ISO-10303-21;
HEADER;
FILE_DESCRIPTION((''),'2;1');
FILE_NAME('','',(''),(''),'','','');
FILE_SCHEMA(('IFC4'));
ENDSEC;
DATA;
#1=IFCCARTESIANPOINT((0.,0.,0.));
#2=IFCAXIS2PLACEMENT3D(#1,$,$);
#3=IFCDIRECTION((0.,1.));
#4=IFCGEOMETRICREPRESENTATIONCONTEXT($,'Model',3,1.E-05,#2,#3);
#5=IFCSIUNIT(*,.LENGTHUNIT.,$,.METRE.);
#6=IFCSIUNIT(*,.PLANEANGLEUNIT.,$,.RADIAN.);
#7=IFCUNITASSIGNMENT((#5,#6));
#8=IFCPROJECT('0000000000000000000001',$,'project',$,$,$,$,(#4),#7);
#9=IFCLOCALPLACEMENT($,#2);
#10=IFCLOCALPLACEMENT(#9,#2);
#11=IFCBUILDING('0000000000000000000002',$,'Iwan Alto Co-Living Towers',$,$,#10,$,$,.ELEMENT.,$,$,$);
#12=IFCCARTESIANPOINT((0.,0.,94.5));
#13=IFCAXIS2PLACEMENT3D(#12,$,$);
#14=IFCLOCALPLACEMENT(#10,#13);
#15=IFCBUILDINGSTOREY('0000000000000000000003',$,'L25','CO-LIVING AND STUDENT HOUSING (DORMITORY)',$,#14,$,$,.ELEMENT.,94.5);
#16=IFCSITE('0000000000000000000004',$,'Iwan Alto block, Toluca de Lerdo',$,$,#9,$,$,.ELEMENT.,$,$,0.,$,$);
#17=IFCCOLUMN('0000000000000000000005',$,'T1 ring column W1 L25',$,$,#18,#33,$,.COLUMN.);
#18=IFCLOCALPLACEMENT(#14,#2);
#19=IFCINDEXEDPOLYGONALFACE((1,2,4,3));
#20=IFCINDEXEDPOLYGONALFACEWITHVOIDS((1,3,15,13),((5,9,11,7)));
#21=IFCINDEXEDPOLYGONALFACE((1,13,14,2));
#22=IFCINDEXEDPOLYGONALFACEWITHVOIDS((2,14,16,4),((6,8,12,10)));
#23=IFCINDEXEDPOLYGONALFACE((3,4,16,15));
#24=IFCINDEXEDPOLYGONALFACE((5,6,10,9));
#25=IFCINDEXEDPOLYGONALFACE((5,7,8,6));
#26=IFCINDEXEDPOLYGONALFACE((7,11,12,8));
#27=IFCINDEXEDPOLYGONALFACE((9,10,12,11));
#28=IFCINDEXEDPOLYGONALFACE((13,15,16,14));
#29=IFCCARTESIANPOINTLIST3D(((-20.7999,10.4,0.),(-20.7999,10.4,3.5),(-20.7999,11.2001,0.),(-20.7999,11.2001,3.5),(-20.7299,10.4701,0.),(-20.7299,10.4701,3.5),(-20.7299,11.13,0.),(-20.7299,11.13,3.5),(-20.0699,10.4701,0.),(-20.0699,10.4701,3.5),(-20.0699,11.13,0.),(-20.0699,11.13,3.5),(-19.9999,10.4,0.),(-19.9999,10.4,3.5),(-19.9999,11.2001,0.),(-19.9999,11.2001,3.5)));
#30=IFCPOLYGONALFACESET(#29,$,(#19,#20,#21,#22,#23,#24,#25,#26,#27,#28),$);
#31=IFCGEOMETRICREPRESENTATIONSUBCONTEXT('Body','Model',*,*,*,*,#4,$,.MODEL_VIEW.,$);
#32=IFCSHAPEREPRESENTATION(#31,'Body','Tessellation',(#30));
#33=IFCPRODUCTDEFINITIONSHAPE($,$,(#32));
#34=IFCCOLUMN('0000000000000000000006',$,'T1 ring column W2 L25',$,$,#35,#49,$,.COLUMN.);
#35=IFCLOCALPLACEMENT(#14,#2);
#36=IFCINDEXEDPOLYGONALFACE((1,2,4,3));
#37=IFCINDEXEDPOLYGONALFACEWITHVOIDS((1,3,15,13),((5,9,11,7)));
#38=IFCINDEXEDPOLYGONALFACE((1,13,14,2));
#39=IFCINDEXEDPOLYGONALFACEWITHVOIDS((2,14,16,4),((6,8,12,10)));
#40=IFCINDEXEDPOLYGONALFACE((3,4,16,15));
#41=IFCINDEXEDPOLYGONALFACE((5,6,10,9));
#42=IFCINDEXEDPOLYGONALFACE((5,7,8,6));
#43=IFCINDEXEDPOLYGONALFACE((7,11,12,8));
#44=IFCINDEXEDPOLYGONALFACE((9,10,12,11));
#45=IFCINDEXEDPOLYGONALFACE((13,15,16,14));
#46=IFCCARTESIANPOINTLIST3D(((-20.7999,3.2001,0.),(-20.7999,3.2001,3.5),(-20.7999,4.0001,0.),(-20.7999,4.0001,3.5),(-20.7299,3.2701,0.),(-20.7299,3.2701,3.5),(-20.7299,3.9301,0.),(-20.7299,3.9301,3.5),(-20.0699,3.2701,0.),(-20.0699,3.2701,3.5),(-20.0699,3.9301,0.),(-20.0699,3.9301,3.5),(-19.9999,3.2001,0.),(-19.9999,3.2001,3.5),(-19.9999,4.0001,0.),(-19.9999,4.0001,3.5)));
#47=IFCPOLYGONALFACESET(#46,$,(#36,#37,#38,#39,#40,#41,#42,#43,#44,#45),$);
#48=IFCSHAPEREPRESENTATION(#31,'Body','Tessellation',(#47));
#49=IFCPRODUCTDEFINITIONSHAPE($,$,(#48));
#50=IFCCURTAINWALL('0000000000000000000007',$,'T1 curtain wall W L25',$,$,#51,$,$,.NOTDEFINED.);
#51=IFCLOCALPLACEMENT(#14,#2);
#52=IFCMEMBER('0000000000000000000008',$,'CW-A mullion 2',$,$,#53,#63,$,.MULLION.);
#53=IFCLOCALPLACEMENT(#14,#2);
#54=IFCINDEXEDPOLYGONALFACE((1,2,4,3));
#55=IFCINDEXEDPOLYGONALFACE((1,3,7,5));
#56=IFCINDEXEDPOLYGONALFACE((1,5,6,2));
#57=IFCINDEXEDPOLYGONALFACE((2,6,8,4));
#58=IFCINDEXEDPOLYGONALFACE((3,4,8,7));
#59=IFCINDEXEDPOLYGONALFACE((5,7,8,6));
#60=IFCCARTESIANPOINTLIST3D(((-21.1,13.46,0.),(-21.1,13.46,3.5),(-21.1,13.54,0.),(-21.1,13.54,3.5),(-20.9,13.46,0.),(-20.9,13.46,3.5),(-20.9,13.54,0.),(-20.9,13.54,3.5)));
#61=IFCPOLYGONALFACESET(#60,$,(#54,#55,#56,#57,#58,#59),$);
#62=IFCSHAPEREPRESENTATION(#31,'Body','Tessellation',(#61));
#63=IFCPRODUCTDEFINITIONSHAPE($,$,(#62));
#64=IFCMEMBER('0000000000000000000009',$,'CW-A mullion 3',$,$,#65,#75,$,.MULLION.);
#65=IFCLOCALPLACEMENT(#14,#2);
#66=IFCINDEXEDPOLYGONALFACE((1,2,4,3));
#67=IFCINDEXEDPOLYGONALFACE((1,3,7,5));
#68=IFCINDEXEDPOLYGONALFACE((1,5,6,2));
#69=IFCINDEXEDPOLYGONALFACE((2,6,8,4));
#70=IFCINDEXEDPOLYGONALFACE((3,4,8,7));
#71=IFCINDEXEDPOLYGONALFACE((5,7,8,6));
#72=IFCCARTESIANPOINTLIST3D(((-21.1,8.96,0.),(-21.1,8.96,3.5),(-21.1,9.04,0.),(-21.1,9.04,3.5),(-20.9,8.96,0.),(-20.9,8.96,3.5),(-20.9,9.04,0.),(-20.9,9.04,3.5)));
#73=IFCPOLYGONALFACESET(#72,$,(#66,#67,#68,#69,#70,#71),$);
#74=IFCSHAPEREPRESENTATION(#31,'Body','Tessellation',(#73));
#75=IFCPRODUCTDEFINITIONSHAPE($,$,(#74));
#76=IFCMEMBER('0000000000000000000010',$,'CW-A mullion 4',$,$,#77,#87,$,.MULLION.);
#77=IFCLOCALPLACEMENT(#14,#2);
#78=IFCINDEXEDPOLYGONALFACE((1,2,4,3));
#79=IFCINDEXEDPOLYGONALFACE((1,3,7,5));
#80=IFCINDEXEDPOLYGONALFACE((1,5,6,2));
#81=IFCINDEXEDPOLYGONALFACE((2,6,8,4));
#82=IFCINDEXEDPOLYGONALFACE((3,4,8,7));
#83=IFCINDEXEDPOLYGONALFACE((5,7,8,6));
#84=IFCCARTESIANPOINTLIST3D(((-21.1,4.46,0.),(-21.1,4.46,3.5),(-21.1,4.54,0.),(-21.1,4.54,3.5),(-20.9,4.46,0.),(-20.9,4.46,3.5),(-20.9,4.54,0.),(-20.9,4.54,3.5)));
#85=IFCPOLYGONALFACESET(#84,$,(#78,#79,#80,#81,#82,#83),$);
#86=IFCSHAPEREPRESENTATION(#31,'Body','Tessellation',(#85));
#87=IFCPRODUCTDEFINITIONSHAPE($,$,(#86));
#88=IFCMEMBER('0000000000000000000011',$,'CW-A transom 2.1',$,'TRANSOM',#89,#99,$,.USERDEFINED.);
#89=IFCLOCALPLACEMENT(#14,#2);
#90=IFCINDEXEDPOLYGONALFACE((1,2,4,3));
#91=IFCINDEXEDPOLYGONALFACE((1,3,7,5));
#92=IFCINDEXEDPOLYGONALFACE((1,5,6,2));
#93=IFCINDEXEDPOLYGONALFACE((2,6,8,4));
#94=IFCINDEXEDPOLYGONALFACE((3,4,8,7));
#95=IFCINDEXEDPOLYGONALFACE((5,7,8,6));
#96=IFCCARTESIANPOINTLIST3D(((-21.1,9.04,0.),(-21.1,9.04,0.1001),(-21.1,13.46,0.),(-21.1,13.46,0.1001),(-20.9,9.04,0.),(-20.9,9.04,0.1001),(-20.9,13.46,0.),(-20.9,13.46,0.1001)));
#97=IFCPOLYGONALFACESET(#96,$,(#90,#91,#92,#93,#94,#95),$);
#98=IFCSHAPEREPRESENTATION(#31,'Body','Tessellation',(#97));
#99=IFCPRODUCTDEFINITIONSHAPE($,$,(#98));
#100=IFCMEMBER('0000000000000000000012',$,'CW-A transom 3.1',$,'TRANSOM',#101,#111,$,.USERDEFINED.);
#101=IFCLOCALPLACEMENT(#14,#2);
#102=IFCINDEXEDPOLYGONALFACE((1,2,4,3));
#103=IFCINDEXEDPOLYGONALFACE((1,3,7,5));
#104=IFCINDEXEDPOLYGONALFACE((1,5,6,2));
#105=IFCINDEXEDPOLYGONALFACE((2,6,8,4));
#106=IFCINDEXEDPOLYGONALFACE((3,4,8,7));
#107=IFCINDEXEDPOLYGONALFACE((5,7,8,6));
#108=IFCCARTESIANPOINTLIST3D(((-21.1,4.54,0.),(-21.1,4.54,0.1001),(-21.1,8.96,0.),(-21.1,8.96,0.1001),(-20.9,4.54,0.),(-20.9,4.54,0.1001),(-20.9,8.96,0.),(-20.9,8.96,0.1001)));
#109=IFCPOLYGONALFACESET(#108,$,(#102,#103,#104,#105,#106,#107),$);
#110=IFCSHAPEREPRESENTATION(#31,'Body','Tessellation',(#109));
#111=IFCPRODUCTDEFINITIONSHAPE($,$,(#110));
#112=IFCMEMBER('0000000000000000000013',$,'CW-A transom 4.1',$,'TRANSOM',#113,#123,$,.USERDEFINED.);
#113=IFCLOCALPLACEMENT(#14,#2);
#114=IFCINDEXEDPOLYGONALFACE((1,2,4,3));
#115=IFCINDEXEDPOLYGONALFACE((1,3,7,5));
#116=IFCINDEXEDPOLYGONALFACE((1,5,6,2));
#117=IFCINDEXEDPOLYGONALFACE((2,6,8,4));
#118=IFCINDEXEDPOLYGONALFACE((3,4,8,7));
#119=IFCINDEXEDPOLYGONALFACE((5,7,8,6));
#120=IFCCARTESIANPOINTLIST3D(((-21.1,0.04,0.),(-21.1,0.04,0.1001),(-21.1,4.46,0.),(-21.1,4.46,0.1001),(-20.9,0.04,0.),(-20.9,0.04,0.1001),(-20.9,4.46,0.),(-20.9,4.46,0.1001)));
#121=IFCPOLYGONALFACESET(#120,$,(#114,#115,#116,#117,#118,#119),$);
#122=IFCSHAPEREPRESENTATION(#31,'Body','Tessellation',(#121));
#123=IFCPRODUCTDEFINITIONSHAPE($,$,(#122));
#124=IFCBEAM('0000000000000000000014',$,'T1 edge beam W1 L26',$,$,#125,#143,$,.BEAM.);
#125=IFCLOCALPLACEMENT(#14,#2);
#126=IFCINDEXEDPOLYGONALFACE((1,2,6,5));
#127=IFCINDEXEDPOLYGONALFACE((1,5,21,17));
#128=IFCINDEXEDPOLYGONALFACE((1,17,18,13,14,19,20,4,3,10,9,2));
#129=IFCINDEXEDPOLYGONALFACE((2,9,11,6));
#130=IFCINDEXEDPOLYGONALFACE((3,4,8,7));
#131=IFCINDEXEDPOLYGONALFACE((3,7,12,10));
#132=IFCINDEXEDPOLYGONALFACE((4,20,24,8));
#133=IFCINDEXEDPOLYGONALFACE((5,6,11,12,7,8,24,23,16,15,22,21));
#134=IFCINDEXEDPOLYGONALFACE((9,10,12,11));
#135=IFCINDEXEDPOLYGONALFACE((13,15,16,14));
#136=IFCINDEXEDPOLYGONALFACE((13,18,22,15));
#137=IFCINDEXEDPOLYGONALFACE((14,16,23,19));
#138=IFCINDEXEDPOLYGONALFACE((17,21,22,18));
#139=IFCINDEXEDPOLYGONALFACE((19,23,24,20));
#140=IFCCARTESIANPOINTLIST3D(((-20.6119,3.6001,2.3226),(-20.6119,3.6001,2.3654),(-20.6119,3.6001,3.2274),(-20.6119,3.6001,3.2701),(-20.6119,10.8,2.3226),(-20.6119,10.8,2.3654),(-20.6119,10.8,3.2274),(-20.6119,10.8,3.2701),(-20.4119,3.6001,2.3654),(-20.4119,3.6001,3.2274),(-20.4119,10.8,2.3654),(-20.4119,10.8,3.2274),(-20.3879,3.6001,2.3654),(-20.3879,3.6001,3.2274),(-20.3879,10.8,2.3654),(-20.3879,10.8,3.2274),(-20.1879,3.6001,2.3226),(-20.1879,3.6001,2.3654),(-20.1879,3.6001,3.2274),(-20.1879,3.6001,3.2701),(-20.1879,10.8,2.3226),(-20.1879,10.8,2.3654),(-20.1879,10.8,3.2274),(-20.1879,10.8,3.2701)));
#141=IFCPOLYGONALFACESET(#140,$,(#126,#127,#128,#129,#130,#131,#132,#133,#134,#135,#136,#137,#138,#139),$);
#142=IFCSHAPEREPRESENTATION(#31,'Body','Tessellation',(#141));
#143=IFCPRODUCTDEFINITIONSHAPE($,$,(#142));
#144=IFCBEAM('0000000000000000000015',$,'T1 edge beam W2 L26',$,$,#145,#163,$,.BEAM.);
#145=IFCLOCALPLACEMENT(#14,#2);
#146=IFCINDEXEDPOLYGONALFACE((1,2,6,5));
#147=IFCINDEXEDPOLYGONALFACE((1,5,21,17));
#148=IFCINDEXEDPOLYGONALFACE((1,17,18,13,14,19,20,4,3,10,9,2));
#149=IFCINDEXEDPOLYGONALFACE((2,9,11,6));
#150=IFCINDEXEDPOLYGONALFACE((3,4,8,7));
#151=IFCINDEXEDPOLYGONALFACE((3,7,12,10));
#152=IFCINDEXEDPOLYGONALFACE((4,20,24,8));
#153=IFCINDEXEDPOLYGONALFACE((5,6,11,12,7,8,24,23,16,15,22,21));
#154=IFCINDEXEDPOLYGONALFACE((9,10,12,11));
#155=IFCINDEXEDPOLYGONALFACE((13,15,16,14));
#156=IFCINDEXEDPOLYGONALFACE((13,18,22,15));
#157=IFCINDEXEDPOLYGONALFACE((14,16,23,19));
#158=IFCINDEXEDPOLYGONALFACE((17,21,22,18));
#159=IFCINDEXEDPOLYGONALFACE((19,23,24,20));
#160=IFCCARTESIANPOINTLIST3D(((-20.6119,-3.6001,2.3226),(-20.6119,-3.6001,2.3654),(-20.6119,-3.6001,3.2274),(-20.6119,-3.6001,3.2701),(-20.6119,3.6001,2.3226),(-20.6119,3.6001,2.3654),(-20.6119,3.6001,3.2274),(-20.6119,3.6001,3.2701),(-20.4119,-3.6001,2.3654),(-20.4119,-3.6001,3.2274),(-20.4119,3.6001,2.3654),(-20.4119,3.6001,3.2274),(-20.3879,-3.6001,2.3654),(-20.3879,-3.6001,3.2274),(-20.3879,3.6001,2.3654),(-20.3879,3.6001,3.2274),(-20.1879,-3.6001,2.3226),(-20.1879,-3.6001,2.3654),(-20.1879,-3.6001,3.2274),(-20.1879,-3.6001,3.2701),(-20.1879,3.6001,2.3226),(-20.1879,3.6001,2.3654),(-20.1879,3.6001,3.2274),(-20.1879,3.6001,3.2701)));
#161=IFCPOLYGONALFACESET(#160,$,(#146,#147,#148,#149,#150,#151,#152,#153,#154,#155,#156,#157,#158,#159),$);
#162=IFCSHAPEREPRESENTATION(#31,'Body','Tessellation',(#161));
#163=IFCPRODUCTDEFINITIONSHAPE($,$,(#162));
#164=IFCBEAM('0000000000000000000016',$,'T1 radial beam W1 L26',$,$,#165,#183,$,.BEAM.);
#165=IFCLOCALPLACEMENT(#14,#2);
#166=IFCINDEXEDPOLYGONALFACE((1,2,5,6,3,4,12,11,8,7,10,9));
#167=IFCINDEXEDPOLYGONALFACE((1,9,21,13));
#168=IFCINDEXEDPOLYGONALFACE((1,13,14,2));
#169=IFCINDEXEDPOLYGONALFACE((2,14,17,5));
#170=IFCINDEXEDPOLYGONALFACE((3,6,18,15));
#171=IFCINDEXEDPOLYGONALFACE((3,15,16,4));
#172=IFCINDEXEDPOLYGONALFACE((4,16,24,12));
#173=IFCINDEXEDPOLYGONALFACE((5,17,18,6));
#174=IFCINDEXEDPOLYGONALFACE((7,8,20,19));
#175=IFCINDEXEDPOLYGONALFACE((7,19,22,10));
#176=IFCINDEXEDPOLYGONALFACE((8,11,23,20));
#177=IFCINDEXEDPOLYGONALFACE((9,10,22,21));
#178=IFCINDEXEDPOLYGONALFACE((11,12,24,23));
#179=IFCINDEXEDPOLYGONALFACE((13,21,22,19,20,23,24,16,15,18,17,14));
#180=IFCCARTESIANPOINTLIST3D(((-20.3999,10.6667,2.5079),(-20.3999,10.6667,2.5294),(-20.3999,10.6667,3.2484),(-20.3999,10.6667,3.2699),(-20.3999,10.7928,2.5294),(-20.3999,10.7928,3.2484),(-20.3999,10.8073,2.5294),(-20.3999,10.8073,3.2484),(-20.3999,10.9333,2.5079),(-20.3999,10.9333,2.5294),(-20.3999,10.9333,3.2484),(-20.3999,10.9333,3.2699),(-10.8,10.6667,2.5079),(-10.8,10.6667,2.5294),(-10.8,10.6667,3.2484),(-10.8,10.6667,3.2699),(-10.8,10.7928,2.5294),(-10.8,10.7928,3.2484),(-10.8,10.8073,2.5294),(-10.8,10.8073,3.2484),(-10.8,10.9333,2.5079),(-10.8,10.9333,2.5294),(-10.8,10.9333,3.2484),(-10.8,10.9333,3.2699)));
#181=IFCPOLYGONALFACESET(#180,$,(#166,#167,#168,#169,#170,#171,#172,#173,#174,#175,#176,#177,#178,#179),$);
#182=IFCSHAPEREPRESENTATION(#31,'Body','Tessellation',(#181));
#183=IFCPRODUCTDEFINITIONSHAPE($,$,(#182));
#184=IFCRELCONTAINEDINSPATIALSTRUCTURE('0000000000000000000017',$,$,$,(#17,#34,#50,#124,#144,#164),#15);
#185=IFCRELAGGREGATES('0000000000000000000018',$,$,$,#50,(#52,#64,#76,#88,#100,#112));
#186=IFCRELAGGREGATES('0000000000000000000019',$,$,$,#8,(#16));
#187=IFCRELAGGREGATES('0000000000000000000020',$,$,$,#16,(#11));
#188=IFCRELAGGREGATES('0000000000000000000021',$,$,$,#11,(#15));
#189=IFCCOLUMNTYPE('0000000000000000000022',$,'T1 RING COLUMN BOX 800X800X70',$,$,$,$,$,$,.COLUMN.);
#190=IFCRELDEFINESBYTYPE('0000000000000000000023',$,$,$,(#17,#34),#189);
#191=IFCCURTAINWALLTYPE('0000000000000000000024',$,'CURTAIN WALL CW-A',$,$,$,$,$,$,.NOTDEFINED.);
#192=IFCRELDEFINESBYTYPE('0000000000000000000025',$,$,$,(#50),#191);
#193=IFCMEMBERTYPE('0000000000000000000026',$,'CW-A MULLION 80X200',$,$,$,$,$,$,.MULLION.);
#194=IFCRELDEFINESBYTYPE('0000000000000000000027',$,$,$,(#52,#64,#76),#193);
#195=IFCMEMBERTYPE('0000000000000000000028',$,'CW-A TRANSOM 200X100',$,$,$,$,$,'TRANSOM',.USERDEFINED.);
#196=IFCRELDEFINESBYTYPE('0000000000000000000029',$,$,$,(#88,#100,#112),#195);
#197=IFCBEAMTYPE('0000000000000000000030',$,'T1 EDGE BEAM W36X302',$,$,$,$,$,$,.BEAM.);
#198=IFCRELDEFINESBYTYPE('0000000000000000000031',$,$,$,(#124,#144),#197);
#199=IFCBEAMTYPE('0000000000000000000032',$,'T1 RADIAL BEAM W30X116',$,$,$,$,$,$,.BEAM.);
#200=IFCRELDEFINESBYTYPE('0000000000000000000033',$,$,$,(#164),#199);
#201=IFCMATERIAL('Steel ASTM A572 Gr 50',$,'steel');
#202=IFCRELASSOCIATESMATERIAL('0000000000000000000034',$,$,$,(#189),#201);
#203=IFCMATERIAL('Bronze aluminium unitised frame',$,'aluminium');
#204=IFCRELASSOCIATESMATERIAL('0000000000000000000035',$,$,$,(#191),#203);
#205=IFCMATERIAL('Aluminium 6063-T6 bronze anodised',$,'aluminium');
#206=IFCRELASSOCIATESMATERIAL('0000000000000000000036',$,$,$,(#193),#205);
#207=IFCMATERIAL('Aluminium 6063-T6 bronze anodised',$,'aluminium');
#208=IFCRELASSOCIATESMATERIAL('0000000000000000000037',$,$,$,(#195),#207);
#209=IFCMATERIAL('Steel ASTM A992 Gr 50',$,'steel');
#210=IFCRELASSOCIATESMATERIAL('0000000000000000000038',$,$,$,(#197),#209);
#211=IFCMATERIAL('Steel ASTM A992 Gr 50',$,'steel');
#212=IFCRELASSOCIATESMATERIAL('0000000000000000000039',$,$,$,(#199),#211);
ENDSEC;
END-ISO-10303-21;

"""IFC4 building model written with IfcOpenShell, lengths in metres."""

from ifc_helpers import new_model, si_unit, direction, frame, origin, origin_2d, place, context, subcontext, project, spatial, rectangle, hollow_rectangle, i_section, extrude, material, material_profile, profile_set, type_object, element, aggregate, save


model = new_model("IFC4")

# Units and contexts
model_context = context("Model", 3, precision=1e-05, world=origin(), true_north=direction((0.0, 1.0)))
body_context = subcontext(model_context, "Body", "Model", "MODEL_VIEW")
ifc_project = project(units=[si_unit("LENGTHUNIT", "METRE"), si_unit("PLANEANGLEUNIT", "RADIAN")], contexts=[model_context])

# Site, building, storey
site_placement = place(None, origin())
site = spatial("IfcSite", under=ifc_project, at=site_placement, Name="Iwan Alto block, Toluca de Lerdo", CompositionType="ELEMENT", RefElevation=0.0)
building_placement = place(site_placement, origin())
building = spatial("IfcBuilding", under=site, at=building_placement, Name="Iwan Alto Co-Living Towers", CompositionType="ELEMENT")
storey_placement = place(building_placement, frame((0.0, 0.0, 94.5)))
storey = spatial("IfcBuildingStorey", under=building, at=storey_placement, Name="L25", Description="CO-LIVING AND STUDENT HOUSING (DORMITORY)", CompositionType="ELEMENT", Elevation=94.5)

# Columns
ifc_material_1 = material(Name="Steel ASTM A572 Gr 50", Category="steel")
ifc_material_profile_1 = material_profile(ifc_material_1, hollow_rectangle(XDim=0.8, YDim=0.8, WallThickness=0.0701, at=origin_2d()), Name="BOX 800X800X70")
ifc_profile_set_1 = profile_set([ifc_material_profile_1], Name="Steel ASTM A572 Gr 50")
column_type = type_object("IfcColumnType", Name="T1 RING COLUMN BOX 800X800X70", PredefinedType="COLUMN", material=ifc_profile_set_1)
for number, where, z_axis, x_axis, name in (
    (1, (-20.3999, 10.8, 0.0), (0.0, 0.0, 1.0), (1.0, 0.0, 0.0), "T1 ring column W1 L25"),
    (2, (-20.3999, 3.6001, 0.0), (0.0, 0.0, 1.0), (1.0, 0.0, 0.0), "T1 ring column W2 L25"),
):
    element("IfcColumn", number, at=place(storey_placement, frame(where, z_axis=z_axis, x_axis=x_axis)), inside=storey, type_object=column_type, Name=name, PredefinedType="COLUMN", context=body_context, shape_type="SweptSolid", body=[
        extrude(hollow_rectangle(XDim=0.8, YDim=0.8, WallThickness=0.0701, at=origin_2d()), origin(), (0.0, 0.0, 1.0), 3.5),
    ])

# Curtain wall, members
ifc_material_2 = material(Name="Bronze aluminium unitised frame", Category="aluminium")
curtain_wall_type = type_object("IfcCurtainWallType", Name="CURTAIN WALL CW-A", PredefinedType="NOTDEFINED", material=ifc_material_2)
curtain_wall_placement = place(storey_placement, origin())
curtain_wall = element("IfcCurtainWall", 3, at=curtain_wall_placement, inside=storey, type_object=curtain_wall_type, Name="T1 curtain wall W L25", PredefinedType="NOTDEFINED")
ifc_material_3 = material(Name="Aluminium 6063-T6 bronze anodised", Category="aluminium")
ifc_material_profile_2 = material_profile(ifc_material_3, rectangle(XDim=0.2, YDim=0.0801, at=origin_2d()), Name="AL 80X200")
ifc_profile_set_2 = profile_set([ifc_material_profile_2], Name="Aluminium 6063-T6 bronze anodised")
member_type_1 = type_object("IfcMemberType", Name="CW-A MULLION 80X200", PredefinedType="MULLION", material=ifc_profile_set_2)
member_1_placement = place(storey_placement, frame((-21.0, 13.5, 0.0), z_axis=(0.0, 0.0, 1.0), x_axis=(1.0, 0.0, 0.0)))
member_1 = element("IfcMember", 4, at=member_1_placement, type_object=member_type_1, Name="CW-A mullion 2", PredefinedType="MULLION", context=body_context, shape_type="SweptSolid", body=[
    extrude(rectangle(XDim=0.2, YDim=0.0801, at=origin_2d()), origin(), (0.0, 0.0, 1.0), 3.5),
])
member_2_placement = place(storey_placement, frame((-21.0, 9.0, 0.0), z_axis=(0.0, 0.0, 1.0), x_axis=(1.0, 0.0, 0.0)))
member_2 = element("IfcMember", 5, at=member_2_placement, type_object=member_type_1, Name="CW-A mullion 3", PredefinedType="MULLION", context=body_context, shape_type="SweptSolid", body=[
    extrude(rectangle(XDim=0.2, YDim=0.0801, at=origin_2d()), origin(), (0.0, 0.0, 1.0), 3.5),
])
member_3_placement = place(storey_placement, frame((-21.0, 4.5, 0.0), z_axis=(0.0, 0.0, 1.0), x_axis=(1.0, 0.0, 0.0)))
member_3 = element("IfcMember", 6, at=member_3_placement, type_object=member_type_1, Name="CW-A mullion 4", PredefinedType="MULLION", context=body_context, shape_type="SweptSolid", body=[
    extrude(rectangle(XDim=0.2, YDim=0.0801, at=origin_2d()), origin(), (0.0, 0.0, 1.0), 3.5),
])
ifc_material_4 = material(Name="Aluminium 6063-T6 bronze anodised", Category="aluminium")
ifc_material_profile_3 = material_profile(ifc_material_4, rectangle(XDim=0.2, YDim=0.1001, at=origin_2d()), Name="AL 200X100")
ifc_profile_set_3 = profile_set([ifc_material_profile_3], Name="Aluminium 6063-T6 bronze anodised")
member_type_2 = type_object("IfcMemberType", Name="CW-A TRANSOM 200X100", ElementType="TRANSOM", PredefinedType="USERDEFINED", material=ifc_profile_set_3)
member_4_placement = place(storey_placement, frame((-21.0, 13.46, 0.05), z_axis=(0.0, -1.0, 0.0), x_axis=(1.0, 0.0, 0.0)))
member_4 = element("IfcMember", 7, at=member_4_placement, type_object=member_type_2, Name="CW-A transom 2.1", ObjectType="TRANSOM", PredefinedType="USERDEFINED", context=body_context, shape_type="SweptSolid", body=[
    extrude(rectangle(XDim=0.2, YDim=0.1001, at=origin_2d()), origin(), (0.0, 0.0, 1.0), 4.4199),
])
member_5_placement = place(storey_placement, frame((-21.0, 8.96, 0.05), z_axis=(0.0, -1.0, 0.0), x_axis=(1.0, 0.0, 0.0)))
member_5 = element("IfcMember", 8, at=member_5_placement, type_object=member_type_2, Name="CW-A transom 3.1", ObjectType="TRANSOM", PredefinedType="USERDEFINED", context=body_context, shape_type="SweptSolid", body=[
    extrude(rectangle(XDim=0.2, YDim=0.1001, at=origin_2d()), origin(), (0.0, 0.0, 1.0), 4.4199),
])
member_6_placement = place(storey_placement, frame((-21.0, 4.46, 0.05), z_axis=(0.0, -1.0, 0.0), x_axis=(1.0, 0.0, 0.0)))
member_6 = element("IfcMember", 9, at=member_6_placement, type_object=member_type_2, Name="CW-A transom 4.1", ObjectType="TRANSOM", PredefinedType="USERDEFINED", context=body_context, shape_type="SweptSolid", body=[
    extrude(rectangle(XDim=0.2, YDim=0.1001, at=origin_2d()), origin(), (0.0, 0.0, 1.0), 4.4199),
])

# Beams
ifc_material_5 = material(Name="Steel ASTM A992 Gr 50", Category="steel")
ifc_material_profile_4 = material_profile(ifc_material_5, i_section(OverallWidth=0.4241, OverallDepth=0.9475, WebThickness=0.0239, FlangeThickness=0.0427, at=origin_2d()), Name="W36X302")
ifc_profile_set_4 = profile_set([ifc_material_profile_4], Name="Steel ASTM A992 Gr 50")
beam_type_1 = type_object("IfcBeamType", Name="T1 EDGE BEAM W36X302", PredefinedType="BEAM", material=ifc_profile_set_4)
beam_1_placement = place(storey_placement, frame((-20.3999, 10.8, 2.7964), z_axis=(0.0, -1.0, 0.0), x_axis=(1.0, 0.0, 0.0)))
element("IfcBeam", 10, at=beam_1_placement, inside=storey, type_object=beam_type_1, Name="T1 edge beam W1 L26", PredefinedType="BEAM", context=body_context, shape_type="SweptSolid", body=[
    extrude(i_section(OverallWidth=0.4241, OverallDepth=0.9475, WebThickness=0.0239, FlangeThickness=0.0427, at=origin_2d()), origin(), (0.0, 0.0, 1.0), 7.2),
])
beam_2_placement = place(storey_placement, frame((-20.3999, 3.6001, 2.7964), z_axis=(0.0, -1.0, 0.0), x_axis=(1.0, 0.0, 0.0)))
element("IfcBeam", 11, at=beam_2_placement, inside=storey, type_object=beam_type_1, Name="T1 edge beam W2 L26", PredefinedType="BEAM", context=body_context, shape_type="SweptSolid", body=[
    extrude(i_section(OverallWidth=0.4241, OverallDepth=0.9475, WebThickness=0.0239, FlangeThickness=0.0427, at=origin_2d()), origin(), (0.0, 0.0, 1.0), 7.2002),
])
ifc_material_6 = material(Name="Steel ASTM A992 Gr 50", Category="steel")
ifc_material_profile_5 = material_profile(ifc_material_6, i_section(OverallWidth=0.2666, OverallDepth=0.762, WebThickness=0.0144, FlangeThickness=0.0215, at=origin_2d()), Name="W30X116")
ifc_profile_set_5 = profile_set([ifc_material_profile_5], Name="Steel ASTM A992 Gr 50")
beam_type_2 = type_object("IfcBeamType", Name="T1 RADIAL BEAM W30X116", PredefinedType="BEAM", material=ifc_profile_set_5)
beam_3_placement = place(storey_placement, frame((-20.3999, 10.8, 2.8889), z_axis=(1.0, 0.0, 0.0), x_axis=(0.0, 1.0, 0.0)))
element("IfcBeam", 12, at=beam_3_placement, inside=storey, type_object=beam_type_2, Name="T1 radial beam W1 L26", PredefinedType="BEAM", context=body_context, shape_type="SweptSolid", body=[
    extrude(i_section(OverallWidth=0.2666, OverallDepth=0.762, WebThickness=0.0144, FlangeThickness=0.0215, at=origin_2d()), origin(), (0.0, 0.0, 1.0), 9.5999),
])

aggregate(curtain_wall, [member_1, member_2, member_3, member_4, member_5, member_6])

save(model, "model.ifc")
